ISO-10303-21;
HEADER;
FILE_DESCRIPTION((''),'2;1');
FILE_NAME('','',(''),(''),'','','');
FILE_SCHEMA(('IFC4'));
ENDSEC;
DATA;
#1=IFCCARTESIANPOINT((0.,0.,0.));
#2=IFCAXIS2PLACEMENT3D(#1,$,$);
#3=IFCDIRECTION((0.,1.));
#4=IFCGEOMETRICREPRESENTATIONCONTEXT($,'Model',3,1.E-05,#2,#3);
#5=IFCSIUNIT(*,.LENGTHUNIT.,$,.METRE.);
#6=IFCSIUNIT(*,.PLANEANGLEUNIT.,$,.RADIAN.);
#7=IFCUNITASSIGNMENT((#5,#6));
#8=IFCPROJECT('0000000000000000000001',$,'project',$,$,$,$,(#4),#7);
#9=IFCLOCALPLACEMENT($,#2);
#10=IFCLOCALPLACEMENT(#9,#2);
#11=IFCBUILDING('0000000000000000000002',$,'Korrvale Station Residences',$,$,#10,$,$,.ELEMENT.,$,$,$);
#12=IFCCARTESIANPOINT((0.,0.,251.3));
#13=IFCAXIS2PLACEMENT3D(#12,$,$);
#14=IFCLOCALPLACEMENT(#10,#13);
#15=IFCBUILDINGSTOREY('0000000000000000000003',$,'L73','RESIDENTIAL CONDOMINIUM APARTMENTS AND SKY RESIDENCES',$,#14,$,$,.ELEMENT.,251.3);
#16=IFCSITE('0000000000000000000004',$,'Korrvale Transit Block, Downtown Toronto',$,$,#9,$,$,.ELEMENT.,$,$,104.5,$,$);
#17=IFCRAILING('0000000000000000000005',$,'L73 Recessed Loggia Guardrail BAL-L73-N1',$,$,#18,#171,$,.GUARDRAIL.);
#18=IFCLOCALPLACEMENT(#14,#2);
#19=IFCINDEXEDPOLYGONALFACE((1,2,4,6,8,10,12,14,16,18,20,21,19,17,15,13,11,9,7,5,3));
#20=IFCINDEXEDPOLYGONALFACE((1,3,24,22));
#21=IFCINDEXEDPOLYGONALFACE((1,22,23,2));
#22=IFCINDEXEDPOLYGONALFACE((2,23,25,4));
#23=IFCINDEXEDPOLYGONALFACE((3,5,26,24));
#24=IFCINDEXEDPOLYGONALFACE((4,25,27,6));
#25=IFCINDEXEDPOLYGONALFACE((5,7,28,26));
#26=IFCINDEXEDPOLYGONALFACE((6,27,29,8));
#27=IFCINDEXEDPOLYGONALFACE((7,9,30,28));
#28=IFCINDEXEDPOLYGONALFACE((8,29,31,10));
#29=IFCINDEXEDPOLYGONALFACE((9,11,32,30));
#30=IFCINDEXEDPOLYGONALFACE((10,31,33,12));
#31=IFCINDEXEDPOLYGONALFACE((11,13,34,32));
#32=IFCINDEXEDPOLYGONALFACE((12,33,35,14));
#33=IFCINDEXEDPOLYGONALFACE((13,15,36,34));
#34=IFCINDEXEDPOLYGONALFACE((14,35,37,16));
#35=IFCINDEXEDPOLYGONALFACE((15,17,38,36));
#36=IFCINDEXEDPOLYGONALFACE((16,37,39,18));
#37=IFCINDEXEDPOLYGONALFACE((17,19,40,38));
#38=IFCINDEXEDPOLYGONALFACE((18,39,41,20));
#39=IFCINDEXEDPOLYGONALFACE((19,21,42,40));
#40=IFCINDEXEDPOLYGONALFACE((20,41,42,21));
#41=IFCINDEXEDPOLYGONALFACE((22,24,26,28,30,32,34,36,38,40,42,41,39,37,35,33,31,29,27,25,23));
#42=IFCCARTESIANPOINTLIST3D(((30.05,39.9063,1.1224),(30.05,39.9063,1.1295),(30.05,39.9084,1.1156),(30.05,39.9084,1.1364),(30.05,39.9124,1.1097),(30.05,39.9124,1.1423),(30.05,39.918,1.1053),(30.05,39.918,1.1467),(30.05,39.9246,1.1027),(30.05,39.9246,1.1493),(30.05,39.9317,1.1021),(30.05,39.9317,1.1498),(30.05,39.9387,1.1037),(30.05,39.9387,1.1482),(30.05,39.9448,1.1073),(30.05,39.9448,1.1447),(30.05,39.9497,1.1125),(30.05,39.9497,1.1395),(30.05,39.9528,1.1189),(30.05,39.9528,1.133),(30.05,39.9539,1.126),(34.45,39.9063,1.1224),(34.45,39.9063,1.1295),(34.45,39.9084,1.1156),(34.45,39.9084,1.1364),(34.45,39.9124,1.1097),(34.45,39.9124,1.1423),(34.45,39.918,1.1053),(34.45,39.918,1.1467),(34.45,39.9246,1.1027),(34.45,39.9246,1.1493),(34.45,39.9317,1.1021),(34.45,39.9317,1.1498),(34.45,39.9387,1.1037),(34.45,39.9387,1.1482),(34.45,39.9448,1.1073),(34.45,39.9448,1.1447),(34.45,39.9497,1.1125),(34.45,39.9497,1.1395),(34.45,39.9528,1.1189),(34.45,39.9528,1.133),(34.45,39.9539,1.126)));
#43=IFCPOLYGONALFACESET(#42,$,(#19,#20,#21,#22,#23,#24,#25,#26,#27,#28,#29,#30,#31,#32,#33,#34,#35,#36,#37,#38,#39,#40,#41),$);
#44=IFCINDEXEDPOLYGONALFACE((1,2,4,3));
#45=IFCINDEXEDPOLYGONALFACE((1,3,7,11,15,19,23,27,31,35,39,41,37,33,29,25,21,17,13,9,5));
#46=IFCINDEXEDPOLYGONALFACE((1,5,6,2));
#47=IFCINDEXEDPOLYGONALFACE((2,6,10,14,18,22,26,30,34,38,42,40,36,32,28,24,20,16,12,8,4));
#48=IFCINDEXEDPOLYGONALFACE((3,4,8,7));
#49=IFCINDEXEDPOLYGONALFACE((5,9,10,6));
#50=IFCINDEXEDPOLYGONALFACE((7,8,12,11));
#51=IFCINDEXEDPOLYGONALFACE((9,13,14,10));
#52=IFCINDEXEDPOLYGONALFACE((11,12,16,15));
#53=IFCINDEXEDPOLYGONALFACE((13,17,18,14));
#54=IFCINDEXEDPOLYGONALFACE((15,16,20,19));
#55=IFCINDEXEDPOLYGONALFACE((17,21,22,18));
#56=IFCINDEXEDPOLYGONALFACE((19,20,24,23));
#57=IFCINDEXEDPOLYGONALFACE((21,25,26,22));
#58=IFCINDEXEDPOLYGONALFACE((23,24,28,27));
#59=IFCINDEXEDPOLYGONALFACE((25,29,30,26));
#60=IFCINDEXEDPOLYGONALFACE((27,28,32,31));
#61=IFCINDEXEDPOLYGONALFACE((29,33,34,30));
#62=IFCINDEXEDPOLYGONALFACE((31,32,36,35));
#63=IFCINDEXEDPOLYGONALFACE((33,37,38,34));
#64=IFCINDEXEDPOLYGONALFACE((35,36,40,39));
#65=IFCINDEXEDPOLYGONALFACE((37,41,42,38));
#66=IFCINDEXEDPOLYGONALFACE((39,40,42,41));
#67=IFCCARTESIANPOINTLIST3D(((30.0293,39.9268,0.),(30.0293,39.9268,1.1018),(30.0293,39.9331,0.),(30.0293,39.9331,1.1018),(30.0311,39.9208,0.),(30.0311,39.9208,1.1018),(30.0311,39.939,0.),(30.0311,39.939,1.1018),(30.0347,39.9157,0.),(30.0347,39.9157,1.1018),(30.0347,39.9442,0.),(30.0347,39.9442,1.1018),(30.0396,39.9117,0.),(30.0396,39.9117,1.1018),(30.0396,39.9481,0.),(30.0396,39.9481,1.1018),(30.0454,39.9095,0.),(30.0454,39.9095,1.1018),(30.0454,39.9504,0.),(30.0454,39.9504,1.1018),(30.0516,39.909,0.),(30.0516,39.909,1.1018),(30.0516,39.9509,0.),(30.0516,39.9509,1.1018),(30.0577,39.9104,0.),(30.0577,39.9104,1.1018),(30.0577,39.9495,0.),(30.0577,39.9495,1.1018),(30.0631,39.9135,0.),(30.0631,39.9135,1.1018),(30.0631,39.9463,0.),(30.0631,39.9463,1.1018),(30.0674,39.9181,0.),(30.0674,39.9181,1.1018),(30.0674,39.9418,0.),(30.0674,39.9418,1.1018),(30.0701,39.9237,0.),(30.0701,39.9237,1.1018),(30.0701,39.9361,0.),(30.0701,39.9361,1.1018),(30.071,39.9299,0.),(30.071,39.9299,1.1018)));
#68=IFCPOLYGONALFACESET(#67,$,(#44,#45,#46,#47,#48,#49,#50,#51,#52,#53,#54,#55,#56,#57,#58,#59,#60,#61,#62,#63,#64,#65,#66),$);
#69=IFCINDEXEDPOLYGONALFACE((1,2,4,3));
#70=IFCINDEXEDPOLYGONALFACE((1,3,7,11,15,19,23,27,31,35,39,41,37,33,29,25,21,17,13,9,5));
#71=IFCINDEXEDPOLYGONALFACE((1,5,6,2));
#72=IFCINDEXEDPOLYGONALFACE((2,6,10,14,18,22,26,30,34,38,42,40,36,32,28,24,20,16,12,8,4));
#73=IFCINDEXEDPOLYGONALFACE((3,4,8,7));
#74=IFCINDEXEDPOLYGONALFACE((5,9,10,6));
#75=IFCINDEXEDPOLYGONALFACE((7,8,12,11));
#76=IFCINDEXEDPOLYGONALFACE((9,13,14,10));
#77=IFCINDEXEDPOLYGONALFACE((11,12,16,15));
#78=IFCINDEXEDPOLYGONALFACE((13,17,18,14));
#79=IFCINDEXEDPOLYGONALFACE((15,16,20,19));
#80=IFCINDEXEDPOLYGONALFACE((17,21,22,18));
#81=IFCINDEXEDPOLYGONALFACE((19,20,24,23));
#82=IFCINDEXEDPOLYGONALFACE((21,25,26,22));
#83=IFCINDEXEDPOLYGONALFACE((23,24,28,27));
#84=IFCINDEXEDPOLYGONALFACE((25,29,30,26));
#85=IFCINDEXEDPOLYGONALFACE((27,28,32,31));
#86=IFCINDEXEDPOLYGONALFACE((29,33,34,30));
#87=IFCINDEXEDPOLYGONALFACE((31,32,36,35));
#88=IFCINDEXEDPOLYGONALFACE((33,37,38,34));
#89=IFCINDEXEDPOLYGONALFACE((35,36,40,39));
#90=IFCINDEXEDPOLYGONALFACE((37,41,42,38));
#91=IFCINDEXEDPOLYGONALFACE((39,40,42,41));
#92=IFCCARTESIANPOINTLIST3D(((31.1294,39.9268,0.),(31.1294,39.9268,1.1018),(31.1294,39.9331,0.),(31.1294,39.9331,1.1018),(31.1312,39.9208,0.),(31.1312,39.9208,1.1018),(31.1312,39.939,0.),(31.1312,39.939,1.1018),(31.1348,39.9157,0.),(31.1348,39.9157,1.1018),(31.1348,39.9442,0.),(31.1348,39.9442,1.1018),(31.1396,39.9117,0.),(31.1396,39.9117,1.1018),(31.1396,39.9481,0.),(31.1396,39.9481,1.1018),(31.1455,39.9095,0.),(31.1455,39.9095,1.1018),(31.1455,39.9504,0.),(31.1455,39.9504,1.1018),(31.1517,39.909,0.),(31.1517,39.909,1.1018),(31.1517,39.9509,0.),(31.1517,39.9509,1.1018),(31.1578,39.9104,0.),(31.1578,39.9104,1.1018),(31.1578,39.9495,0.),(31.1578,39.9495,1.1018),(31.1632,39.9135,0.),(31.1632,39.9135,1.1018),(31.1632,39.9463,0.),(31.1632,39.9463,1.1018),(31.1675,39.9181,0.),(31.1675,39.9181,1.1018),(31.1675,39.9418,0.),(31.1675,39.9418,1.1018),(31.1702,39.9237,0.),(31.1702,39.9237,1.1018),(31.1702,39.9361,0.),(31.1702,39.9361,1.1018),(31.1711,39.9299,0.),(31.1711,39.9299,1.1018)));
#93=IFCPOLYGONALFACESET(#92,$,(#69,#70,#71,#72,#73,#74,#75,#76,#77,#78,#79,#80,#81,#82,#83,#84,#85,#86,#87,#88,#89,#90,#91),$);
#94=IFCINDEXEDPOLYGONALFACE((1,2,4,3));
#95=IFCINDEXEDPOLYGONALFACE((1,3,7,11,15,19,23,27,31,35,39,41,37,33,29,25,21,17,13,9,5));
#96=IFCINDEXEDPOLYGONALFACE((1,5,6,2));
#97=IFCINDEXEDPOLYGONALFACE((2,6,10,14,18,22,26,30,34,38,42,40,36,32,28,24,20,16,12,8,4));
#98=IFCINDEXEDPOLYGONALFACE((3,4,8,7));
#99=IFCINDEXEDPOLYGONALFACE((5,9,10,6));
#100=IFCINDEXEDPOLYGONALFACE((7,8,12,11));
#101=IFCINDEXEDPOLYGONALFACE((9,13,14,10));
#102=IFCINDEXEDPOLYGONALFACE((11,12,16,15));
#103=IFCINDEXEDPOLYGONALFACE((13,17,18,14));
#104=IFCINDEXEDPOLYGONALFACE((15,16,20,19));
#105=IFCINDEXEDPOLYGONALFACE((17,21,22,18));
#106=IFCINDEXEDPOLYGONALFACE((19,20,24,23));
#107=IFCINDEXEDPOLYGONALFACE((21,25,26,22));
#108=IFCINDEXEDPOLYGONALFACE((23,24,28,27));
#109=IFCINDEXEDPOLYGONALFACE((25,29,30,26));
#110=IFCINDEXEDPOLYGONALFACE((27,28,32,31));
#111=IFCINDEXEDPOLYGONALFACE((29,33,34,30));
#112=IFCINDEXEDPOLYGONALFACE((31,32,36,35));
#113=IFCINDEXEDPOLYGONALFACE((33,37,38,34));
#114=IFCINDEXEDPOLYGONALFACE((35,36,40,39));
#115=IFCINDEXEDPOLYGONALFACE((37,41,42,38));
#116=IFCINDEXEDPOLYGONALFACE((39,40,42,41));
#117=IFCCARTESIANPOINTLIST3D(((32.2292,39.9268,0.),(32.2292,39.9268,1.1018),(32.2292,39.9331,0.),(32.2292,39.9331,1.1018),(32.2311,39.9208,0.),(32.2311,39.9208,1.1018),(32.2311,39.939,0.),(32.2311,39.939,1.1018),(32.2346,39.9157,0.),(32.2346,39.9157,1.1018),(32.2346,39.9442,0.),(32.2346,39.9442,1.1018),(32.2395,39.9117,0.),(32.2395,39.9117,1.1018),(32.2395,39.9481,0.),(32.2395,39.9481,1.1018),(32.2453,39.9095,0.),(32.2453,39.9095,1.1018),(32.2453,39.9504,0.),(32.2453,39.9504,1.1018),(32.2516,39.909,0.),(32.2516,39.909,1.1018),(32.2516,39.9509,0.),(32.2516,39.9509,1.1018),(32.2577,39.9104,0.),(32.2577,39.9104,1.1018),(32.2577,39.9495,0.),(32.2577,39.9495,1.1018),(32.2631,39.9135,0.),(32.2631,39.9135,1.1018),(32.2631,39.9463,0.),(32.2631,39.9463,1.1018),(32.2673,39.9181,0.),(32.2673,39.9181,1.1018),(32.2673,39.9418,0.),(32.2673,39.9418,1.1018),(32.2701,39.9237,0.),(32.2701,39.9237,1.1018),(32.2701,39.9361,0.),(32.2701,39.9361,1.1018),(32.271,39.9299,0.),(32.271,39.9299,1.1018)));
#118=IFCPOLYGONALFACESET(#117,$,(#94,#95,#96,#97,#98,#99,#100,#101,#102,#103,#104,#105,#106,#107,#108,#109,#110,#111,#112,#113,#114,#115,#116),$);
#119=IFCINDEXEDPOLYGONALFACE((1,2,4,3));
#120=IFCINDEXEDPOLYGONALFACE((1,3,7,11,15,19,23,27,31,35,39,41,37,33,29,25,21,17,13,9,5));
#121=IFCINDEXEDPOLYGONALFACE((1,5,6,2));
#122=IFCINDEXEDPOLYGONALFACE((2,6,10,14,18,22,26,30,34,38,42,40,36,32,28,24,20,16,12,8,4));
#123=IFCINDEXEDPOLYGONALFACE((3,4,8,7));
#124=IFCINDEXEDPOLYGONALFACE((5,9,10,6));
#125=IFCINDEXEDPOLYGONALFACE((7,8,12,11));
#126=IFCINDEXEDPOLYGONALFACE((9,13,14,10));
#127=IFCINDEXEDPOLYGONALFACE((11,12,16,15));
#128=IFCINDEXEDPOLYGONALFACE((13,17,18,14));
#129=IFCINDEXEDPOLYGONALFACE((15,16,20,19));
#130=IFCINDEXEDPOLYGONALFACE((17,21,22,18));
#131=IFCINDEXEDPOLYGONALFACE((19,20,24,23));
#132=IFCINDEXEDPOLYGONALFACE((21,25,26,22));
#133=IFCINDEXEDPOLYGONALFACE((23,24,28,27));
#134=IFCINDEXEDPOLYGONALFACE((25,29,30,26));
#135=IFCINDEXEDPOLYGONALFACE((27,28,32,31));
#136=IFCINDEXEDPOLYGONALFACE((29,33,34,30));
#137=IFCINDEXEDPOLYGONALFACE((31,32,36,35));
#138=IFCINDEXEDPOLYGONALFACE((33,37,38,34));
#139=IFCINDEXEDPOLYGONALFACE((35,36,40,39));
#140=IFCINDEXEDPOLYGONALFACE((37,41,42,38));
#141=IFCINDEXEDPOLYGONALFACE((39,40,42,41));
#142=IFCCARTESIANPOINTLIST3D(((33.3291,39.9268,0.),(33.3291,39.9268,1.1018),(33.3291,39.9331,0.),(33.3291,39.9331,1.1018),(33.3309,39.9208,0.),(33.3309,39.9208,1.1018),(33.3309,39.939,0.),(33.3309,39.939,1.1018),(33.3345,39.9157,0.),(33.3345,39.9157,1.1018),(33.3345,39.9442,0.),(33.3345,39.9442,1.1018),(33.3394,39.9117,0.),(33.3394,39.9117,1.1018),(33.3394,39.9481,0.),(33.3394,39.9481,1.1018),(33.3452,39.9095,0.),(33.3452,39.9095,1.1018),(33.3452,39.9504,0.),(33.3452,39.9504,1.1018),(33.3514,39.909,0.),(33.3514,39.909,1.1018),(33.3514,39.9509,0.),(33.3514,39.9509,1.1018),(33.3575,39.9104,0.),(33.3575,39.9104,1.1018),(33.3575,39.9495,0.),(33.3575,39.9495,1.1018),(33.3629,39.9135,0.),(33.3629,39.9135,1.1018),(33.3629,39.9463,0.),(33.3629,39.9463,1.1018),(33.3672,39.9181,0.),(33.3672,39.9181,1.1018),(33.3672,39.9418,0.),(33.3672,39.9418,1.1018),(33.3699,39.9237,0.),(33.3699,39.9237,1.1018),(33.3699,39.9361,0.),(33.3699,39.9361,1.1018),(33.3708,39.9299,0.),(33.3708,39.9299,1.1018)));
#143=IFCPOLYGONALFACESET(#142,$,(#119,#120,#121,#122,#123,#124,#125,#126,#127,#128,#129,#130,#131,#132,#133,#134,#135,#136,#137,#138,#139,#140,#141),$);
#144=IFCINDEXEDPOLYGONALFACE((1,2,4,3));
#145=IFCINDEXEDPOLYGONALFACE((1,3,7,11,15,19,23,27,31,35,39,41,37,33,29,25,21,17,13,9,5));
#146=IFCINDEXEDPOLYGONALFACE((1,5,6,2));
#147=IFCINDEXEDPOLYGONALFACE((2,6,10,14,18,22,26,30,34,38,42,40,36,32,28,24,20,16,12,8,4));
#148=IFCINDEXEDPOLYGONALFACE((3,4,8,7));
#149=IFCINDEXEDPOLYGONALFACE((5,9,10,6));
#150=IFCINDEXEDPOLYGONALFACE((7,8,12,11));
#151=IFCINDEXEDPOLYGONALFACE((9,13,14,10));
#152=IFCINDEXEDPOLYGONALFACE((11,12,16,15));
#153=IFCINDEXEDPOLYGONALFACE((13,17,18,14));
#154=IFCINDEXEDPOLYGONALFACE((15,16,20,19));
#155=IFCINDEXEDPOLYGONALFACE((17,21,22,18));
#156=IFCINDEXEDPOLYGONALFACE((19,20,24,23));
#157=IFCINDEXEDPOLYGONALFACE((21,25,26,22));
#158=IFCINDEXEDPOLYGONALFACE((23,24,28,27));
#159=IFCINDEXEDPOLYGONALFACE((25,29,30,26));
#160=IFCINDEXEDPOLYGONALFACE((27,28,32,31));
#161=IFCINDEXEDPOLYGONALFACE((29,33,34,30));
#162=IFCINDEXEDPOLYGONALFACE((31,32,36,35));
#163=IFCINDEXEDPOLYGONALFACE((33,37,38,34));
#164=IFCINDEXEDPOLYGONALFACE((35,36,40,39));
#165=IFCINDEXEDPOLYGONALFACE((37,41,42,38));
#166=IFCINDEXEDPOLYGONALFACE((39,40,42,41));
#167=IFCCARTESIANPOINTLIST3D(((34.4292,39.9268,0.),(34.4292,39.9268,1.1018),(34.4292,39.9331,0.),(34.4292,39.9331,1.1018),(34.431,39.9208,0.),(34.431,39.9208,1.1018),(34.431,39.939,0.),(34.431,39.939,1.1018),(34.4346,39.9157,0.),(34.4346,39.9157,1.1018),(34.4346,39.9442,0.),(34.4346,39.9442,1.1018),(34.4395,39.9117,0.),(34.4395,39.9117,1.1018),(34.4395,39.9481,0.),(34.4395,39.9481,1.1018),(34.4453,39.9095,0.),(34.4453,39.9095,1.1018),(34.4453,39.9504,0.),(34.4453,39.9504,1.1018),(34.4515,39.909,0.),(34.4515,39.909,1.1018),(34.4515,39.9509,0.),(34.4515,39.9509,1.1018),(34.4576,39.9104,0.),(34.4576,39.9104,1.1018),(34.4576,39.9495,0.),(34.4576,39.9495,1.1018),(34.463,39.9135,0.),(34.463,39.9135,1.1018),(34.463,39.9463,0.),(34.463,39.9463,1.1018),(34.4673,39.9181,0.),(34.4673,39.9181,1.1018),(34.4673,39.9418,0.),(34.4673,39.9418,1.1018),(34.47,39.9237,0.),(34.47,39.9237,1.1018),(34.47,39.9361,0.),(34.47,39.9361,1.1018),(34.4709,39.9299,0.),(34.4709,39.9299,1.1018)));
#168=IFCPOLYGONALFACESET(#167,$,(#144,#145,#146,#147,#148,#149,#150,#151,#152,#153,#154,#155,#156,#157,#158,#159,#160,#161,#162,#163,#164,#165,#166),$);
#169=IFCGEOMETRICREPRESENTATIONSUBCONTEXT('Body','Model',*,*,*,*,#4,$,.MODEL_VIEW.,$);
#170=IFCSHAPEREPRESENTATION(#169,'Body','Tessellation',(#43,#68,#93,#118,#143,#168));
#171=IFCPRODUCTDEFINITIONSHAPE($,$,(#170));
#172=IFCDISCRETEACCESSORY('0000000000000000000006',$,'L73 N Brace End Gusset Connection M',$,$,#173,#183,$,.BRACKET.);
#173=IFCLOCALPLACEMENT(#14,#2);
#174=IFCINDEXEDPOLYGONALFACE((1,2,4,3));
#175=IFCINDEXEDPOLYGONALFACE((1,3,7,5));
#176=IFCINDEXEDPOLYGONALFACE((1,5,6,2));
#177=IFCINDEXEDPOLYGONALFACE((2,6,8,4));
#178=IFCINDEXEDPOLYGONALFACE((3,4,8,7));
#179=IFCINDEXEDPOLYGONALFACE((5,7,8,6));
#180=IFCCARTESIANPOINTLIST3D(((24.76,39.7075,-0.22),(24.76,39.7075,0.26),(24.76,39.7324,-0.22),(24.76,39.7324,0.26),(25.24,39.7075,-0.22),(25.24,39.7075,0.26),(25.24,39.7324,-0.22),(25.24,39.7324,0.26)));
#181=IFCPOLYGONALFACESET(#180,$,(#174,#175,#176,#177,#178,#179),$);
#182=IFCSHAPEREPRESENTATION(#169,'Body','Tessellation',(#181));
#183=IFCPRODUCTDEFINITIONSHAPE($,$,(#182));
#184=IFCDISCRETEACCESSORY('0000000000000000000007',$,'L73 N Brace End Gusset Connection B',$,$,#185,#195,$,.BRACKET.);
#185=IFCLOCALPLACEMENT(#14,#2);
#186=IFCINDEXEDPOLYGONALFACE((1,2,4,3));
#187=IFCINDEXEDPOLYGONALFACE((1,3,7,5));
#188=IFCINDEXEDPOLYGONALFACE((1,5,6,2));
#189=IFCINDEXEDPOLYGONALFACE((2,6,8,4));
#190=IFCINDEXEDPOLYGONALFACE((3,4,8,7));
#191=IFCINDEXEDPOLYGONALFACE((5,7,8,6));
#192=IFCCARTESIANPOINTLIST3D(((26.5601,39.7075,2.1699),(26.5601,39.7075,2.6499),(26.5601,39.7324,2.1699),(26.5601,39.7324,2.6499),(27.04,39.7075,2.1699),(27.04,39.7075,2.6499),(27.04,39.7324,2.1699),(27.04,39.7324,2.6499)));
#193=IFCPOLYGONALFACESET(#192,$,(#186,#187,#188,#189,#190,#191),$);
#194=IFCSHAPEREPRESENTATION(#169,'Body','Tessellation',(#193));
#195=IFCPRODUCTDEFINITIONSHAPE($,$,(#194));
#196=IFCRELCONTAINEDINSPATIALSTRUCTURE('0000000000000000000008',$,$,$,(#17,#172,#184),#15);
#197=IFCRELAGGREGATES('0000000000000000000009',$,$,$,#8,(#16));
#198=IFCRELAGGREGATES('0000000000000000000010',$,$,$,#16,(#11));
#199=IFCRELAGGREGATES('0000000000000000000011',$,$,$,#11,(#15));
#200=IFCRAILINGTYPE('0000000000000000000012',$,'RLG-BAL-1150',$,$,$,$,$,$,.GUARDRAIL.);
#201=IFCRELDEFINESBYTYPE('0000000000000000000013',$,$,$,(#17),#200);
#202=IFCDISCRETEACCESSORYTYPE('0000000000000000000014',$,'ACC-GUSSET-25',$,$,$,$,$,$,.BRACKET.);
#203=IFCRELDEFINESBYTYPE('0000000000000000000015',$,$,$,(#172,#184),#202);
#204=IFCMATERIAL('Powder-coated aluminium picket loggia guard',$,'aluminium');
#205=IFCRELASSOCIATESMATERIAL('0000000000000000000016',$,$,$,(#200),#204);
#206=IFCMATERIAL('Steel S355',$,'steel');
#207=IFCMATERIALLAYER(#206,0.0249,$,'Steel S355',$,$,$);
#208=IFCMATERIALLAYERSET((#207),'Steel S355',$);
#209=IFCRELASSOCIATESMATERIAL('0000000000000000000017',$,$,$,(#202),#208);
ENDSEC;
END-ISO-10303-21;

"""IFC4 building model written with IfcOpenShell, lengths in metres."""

from ifc_helpers import new_model, si_unit, direction, frame, origin, origin_2d, place, context, subcontext, project, spatial, rectangle, circle, extrude, material, layer, layer_set, type_object, element, save


model = new_model("IFC4")

# Units and contexts
model_context = context("Model", 3, precision=1e-05, world=origin(), true_north=direction((0.0, 1.0)))
body_context = subcontext(model_context, "Body", "Model", "MODEL_VIEW")
ifc_project = project(units=[si_unit("LENGTHUNIT", "METRE"), si_unit("PLANEANGLEUNIT", "RADIAN")], contexts=[model_context])

# Site, building, storey
site_placement = place(None, origin())
site = spatial("IfcSite", under=ifc_project, at=site_placement, Name="Korrvale Transit Block, Downtown Toronto", CompositionType="ELEMENT", RefElevation=104.5)
building_placement = place(site_placement, origin())
building = spatial("IfcBuilding", under=site, at=building_placement, Name="Korrvale Station Residences", CompositionType="ELEMENT")
storey_placement = place(building_placement, frame((0.0, 0.0, 251.3)))
storey = spatial("IfcBuildingStorey", under=building, at=storey_placement, Name="L73", Description="RESIDENTIAL CONDOMINIUM APARTMENTS AND SKY RESIDENCES", CompositionType="ELEMENT", Elevation=251.3)

# Shared definitions
ifc_material_1 = material(Name="Steel S355", Category="steel")

# Railing
ifc_material_2 = material(Name="Powder-coated aluminium picket loggia guard", Category="aluminium")
railing_type = type_object("IfcRailingType", Name="RLG-BAL-1150", PredefinedType="GUARDRAIL", material=ifc_material_2)
railing_placement = place(storey_placement, frame((30.05, 39.9299, 0.0)))
element("IfcRailing", 1, at=railing_placement, inside=storey, type_object=railing_type, Name="L73 Recessed Loggia Guardrail BAL-L73-N1", PredefinedType="GUARDRAIL", context=body_context, shape_type="SweptSolid", body=[
    extrude(circle(Radius=0.0239, at=origin_2d()), frame((0.0, 0.0, 1.126), z_axis=(1.0, 0.0, 0.0), x_axis=(0.0, 1.0, 0.0)), (0.0, 0.0, 1.0), 4.3999),
    extrude(circle(Radius=0.021, at=origin_2d()), origin(), (0.0, 0.0, 1.0), 1.1018),
    extrude(circle(Radius=0.021, at=origin_2d()), frame((1.1001, 0.0, 0.0)), (0.0, 0.0, 1.0), 1.1018),
    extrude(circle(Radius=0.021, at=origin_2d()), frame((2.2, 0.0, 0.0)), (0.0, 0.0, 1.0), 1.1018),
    extrude(circle(Radius=0.021, at=origin_2d()), frame((3.2998, 0.0, 0.0)), (0.0, 0.0, 1.0), 1.1018),
    extrude(circle(Radius=0.021, at=origin_2d()), frame((4.3999, 0.0, 0.0)), (0.0, 0.0, 1.0), 1.1018),
])

# Discrete accessories
ifc_layer_1 = layer(ifc_material_1, 0.0249, Name="Steel S355")
ifc_layer_set_1 = layer_set([ifc_layer_1], Name="Steel S355")
discrete_accessory_type = type_object("IfcDiscreteAccessoryType", Name="ACC-GUSSET-25", PredefinedType="BRACKET", material=ifc_layer_set_1)
for number, where, z_axis, x_axis, name in (
    (2, (25.0, 39.72, -0.22), (0.0, 0.0, 1.0), (1.0, 0.0, 0.0), "L73 N Brace End Gusset Connection M"),
    (3, (26.8, 39.72, 2.1699), (0.0, 0.0, 1.0), (1.0, 0.0, 0.0), "L73 N Brace End Gusset Connection B"),
):
    element("IfcDiscreteAccessory", number, at=place(storey_placement, frame(where, z_axis=z_axis, x_axis=x_axis)), inside=storey, type_object=discrete_accessory_type, Name=name, PredefinedType="BRACKET", context=body_context, shape_type="SweptSolid", body=[
        extrude(rectangle(XDim=0.48, YDim=0.0249, at=origin_2d()), origin(), (0.0, 0.0, 1.0), 0.48),
    ])

save(model, "model.ifc")
